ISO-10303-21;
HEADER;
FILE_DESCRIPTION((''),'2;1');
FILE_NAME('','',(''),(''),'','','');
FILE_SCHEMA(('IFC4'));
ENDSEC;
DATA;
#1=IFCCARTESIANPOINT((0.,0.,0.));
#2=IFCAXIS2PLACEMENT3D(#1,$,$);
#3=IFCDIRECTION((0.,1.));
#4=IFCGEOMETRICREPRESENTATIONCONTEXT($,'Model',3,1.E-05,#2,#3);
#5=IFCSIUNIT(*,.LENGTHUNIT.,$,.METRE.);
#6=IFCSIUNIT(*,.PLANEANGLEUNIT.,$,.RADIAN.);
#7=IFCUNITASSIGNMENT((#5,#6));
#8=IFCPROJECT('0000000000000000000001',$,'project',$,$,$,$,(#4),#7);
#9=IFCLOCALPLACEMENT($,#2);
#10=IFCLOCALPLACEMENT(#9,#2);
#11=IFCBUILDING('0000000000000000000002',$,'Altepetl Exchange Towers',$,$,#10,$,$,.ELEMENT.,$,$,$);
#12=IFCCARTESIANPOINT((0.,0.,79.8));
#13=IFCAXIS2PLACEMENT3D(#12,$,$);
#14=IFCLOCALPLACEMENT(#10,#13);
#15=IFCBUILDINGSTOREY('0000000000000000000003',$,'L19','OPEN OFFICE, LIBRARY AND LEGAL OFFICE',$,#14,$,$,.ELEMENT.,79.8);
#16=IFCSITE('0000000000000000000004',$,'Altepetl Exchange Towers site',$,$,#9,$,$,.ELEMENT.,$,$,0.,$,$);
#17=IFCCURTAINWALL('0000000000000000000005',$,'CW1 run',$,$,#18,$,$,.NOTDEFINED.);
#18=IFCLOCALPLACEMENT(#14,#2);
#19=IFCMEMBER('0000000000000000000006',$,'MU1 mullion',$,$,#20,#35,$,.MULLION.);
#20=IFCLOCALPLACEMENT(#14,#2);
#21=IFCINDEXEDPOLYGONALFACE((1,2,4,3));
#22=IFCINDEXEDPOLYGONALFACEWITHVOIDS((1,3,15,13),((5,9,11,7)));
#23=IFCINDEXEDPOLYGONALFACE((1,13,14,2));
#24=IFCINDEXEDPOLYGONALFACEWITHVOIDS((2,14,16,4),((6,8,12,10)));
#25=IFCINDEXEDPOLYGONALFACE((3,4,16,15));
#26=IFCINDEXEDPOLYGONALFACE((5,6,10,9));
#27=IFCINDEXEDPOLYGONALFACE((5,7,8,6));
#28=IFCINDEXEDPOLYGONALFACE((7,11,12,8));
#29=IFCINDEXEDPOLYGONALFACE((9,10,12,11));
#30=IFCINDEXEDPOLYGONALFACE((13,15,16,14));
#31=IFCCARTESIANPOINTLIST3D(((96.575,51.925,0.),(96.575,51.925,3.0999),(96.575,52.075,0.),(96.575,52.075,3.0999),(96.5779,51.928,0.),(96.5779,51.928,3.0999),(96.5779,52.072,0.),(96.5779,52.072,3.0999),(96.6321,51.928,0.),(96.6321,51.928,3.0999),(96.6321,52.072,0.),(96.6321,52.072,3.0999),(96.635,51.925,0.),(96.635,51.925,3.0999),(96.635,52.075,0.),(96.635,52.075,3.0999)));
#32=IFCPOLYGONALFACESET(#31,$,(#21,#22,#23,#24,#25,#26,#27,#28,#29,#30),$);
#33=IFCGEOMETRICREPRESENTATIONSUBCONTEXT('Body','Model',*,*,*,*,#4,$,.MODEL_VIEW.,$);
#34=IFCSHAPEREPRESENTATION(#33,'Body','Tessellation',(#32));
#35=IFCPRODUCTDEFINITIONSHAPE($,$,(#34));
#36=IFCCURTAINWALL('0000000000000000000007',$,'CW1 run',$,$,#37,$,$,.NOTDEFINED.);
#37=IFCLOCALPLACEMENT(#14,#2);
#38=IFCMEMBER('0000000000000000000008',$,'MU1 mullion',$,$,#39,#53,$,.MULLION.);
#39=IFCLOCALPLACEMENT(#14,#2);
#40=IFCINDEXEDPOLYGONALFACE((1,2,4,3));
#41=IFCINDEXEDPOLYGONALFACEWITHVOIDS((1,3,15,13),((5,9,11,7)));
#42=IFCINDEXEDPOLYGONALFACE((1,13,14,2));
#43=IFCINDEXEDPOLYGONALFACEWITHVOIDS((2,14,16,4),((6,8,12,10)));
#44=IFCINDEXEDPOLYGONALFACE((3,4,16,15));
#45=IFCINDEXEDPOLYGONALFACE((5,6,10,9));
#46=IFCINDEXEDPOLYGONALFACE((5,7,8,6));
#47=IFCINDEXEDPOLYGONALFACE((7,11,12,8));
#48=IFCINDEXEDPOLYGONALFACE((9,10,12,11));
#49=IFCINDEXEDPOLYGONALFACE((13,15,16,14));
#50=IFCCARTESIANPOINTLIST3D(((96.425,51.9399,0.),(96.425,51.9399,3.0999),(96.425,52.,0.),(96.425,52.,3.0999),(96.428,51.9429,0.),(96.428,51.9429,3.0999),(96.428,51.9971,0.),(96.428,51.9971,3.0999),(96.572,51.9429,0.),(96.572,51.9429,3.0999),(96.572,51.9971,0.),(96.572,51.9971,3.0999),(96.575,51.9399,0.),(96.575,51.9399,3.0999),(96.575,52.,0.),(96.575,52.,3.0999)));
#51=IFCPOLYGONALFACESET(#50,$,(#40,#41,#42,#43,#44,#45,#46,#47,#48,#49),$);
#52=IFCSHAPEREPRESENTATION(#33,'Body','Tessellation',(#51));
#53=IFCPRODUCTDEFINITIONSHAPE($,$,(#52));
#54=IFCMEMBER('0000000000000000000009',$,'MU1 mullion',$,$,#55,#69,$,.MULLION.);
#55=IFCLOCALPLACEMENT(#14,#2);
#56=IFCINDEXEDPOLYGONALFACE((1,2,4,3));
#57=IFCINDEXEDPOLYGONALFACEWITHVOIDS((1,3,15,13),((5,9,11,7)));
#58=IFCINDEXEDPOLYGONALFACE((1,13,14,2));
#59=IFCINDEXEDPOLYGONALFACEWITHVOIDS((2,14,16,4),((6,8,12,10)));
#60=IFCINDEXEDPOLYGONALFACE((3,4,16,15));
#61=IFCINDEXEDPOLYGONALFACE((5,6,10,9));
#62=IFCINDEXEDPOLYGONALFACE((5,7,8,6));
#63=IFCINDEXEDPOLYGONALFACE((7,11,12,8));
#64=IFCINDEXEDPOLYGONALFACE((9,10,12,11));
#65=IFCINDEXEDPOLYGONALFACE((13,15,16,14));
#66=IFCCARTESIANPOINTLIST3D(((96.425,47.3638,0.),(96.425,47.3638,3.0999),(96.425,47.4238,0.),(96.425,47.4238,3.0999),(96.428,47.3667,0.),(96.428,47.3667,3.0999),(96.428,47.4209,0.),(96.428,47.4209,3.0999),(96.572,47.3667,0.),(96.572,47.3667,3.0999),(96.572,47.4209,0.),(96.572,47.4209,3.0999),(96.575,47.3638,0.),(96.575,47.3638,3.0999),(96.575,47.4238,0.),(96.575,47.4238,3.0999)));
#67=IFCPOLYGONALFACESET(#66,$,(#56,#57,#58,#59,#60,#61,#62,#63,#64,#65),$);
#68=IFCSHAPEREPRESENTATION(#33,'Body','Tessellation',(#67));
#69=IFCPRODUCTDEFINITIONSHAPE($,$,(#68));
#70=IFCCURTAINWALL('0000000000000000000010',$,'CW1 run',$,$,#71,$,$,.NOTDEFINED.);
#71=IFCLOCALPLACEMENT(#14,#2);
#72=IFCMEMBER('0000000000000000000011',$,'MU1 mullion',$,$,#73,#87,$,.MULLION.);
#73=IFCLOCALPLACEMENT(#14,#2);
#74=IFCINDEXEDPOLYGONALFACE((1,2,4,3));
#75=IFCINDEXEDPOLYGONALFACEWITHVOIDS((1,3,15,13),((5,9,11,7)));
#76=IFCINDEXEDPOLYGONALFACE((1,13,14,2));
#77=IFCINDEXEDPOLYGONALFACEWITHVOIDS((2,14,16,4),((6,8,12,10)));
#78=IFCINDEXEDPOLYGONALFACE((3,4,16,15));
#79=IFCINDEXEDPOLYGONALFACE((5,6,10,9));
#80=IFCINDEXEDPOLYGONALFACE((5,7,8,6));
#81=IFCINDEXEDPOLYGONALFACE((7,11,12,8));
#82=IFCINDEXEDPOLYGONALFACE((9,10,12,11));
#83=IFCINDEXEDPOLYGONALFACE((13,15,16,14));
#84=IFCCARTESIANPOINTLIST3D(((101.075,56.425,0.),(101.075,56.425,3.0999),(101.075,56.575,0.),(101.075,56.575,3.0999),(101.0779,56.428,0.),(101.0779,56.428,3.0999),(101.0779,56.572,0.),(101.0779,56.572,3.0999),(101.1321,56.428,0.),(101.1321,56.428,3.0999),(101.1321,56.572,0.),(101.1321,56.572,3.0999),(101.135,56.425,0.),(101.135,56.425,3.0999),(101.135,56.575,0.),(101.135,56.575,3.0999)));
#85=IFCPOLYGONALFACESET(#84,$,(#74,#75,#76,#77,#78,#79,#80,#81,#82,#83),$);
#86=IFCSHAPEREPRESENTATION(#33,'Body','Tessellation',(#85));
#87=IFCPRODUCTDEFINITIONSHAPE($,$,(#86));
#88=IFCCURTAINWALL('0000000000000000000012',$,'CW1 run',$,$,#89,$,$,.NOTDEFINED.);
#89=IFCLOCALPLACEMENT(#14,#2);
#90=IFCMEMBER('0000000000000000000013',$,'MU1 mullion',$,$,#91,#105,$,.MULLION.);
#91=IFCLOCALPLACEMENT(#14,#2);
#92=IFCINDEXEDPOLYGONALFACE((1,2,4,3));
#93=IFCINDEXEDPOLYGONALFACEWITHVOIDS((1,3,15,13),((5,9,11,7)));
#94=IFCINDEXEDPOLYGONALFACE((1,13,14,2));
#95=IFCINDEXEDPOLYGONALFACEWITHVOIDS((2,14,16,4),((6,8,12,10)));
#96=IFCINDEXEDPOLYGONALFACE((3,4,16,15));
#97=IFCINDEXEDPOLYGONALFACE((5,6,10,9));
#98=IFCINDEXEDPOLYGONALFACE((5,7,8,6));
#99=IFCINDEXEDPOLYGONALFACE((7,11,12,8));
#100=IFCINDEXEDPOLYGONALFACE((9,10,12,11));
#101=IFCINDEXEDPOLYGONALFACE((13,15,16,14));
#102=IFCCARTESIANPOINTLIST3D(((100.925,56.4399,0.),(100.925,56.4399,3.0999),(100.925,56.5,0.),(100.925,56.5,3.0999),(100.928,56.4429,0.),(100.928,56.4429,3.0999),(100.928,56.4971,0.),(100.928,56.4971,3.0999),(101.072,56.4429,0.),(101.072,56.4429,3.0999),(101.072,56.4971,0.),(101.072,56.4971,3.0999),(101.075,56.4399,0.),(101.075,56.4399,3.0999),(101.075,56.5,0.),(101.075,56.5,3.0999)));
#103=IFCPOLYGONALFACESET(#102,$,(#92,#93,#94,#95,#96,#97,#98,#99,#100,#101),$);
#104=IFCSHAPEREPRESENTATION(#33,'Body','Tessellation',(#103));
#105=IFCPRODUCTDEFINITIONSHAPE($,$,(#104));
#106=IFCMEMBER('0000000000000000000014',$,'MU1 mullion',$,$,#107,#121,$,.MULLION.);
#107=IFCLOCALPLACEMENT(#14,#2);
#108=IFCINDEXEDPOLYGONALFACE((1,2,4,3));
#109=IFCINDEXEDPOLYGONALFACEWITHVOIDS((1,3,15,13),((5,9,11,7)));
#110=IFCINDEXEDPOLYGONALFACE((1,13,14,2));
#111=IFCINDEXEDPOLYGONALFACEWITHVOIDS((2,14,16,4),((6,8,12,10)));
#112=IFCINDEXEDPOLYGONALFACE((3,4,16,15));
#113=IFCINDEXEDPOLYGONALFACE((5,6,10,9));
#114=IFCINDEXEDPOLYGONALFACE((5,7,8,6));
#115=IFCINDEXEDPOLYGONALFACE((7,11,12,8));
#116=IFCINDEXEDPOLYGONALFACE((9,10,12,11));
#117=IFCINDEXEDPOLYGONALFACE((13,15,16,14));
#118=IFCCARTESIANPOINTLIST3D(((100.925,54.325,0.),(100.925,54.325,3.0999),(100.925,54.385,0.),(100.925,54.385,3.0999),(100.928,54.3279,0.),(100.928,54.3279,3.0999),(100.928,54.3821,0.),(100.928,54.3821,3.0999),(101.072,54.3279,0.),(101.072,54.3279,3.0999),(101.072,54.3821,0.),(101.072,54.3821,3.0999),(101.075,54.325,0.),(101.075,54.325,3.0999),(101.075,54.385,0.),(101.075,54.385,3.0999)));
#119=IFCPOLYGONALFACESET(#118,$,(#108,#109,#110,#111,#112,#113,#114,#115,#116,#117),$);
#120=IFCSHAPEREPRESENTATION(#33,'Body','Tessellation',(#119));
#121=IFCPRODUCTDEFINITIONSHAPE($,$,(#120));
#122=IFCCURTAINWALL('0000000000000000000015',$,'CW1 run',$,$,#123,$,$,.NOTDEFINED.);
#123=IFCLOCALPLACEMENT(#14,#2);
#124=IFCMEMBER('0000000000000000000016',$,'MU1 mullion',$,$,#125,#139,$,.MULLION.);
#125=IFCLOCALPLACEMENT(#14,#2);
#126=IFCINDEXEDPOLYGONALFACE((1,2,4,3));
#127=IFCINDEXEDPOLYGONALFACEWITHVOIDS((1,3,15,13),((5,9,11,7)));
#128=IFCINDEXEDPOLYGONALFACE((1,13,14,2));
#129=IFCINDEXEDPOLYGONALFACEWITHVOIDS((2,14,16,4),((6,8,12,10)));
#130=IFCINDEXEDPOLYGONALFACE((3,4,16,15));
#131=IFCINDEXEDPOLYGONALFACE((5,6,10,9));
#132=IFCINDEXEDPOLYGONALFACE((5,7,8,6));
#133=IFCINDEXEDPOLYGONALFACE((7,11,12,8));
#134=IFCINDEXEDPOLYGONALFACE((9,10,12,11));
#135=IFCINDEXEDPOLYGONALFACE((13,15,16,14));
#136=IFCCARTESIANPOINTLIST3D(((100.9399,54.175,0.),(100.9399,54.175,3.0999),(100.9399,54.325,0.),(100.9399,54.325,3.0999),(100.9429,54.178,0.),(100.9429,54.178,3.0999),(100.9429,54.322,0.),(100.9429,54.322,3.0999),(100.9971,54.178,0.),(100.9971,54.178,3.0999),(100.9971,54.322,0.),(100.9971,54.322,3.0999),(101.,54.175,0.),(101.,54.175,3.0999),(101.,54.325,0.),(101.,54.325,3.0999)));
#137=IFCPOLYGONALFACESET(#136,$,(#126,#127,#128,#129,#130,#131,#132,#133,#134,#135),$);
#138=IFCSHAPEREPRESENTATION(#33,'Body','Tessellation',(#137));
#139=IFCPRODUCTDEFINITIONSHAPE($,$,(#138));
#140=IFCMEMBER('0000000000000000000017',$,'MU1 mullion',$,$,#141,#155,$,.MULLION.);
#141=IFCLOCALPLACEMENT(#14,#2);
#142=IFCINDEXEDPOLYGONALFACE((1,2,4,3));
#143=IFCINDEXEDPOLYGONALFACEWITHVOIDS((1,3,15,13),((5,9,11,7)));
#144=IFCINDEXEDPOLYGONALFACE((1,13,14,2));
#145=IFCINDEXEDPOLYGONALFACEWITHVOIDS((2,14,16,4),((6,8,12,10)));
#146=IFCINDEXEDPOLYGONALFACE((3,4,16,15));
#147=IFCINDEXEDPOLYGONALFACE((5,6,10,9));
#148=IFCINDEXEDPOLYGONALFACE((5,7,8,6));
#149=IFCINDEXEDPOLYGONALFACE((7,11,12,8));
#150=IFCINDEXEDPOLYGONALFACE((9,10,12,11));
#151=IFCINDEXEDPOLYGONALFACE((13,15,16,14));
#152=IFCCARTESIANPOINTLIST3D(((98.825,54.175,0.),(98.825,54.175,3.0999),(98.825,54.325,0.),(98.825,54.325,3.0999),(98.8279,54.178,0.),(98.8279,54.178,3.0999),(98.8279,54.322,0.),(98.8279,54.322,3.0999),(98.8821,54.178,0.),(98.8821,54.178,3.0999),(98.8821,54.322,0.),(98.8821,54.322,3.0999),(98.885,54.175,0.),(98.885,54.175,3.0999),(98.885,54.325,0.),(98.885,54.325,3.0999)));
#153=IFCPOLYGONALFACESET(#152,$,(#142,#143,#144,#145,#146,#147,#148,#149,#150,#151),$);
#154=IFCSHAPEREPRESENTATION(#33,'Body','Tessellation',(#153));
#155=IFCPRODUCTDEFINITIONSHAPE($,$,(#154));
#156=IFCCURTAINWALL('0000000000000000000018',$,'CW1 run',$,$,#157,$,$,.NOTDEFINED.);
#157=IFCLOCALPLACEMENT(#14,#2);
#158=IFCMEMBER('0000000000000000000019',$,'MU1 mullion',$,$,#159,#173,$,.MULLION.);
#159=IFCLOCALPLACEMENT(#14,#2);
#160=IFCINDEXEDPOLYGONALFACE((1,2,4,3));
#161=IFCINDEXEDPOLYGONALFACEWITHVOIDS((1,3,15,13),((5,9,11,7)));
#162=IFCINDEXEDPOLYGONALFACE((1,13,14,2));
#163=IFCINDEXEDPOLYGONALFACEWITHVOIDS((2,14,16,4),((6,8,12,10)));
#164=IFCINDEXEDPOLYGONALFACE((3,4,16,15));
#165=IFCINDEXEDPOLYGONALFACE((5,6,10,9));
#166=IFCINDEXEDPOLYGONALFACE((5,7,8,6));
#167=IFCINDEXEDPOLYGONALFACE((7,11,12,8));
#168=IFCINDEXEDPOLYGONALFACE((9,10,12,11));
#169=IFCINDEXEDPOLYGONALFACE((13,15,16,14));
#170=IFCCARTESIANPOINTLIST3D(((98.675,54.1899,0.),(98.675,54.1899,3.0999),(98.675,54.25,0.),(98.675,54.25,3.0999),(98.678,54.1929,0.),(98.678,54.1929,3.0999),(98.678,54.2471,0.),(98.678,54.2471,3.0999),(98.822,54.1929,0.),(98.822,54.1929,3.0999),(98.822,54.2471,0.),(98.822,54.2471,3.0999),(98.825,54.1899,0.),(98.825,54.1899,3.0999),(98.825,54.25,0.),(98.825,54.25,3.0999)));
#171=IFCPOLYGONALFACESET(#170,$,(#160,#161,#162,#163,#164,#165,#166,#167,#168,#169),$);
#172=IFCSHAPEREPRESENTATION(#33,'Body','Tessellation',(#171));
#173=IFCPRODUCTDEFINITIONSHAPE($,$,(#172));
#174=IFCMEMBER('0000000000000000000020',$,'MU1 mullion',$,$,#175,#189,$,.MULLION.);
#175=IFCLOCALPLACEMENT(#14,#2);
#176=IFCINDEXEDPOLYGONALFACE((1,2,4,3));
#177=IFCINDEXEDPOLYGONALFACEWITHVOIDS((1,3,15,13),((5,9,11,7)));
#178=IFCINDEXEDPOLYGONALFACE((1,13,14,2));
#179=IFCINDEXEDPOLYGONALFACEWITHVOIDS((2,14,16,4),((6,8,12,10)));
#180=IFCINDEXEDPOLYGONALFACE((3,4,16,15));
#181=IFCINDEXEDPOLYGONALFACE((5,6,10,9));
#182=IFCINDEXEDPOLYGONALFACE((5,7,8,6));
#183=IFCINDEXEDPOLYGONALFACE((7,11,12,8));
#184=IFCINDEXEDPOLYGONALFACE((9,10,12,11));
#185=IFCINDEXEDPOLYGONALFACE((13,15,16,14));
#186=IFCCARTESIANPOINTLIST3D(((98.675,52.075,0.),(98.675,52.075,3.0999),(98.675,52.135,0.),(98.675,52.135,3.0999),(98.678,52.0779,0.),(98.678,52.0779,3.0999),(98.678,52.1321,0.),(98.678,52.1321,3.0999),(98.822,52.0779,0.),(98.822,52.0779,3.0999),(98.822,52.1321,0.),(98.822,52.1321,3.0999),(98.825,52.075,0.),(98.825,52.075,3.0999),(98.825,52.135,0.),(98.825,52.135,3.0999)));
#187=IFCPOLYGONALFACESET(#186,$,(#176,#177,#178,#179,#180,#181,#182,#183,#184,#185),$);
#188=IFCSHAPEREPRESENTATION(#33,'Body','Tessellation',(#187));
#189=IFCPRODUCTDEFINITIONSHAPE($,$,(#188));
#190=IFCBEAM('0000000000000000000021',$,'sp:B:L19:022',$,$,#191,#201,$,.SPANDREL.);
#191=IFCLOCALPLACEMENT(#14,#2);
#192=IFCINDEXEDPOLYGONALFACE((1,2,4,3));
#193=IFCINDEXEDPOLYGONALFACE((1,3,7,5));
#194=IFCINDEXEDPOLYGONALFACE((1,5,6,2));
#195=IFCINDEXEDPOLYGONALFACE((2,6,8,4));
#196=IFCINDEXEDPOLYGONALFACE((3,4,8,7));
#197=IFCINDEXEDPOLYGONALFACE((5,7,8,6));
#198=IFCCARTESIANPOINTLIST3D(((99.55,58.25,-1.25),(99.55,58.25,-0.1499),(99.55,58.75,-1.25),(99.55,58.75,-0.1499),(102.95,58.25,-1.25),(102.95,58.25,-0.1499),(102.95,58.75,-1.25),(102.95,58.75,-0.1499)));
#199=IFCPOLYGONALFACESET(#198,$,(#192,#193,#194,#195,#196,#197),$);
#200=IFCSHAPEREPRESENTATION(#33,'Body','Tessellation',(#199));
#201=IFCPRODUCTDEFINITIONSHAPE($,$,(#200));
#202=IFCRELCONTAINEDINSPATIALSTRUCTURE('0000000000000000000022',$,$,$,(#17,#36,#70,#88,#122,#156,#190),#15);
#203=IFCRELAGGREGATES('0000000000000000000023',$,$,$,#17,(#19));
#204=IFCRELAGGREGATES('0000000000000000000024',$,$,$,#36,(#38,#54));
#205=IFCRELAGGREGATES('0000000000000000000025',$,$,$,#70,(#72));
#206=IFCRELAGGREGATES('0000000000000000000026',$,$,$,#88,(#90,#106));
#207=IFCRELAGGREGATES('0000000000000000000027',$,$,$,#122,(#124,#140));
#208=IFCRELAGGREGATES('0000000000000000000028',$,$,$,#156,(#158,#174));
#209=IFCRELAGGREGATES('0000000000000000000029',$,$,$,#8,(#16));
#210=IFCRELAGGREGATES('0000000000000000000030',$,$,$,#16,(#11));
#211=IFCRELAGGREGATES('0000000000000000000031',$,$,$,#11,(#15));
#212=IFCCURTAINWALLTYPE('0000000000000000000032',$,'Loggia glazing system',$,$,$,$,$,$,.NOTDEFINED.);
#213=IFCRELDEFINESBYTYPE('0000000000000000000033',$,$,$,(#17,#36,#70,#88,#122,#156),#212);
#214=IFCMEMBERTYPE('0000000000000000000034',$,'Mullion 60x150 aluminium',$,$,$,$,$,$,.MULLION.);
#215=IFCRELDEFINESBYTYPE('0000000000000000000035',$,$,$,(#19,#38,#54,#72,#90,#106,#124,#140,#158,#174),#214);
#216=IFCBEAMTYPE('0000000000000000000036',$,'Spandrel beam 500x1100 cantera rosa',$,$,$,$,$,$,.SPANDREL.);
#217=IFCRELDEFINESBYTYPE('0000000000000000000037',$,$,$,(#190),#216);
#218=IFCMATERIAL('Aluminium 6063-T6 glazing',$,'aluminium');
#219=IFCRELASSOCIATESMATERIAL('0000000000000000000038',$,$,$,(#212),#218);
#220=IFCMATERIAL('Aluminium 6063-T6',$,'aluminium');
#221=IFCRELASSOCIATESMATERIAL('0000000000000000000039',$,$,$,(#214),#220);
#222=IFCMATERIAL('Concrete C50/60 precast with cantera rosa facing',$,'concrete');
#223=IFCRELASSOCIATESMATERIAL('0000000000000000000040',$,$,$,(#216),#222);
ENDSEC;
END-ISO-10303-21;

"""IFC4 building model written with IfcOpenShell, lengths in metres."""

from ifc_helpers import new_model, si_unit, direction, frame, origin, origin_2d, place, context, subcontext, project, spatial, rectangle, hollow_rectangle, extrude, material, material_profile, profile_set, type_object, element, aggregate, save


model = new_model("IFC4")

# Units and contexts
model_context = context("Model", 3, precision=1e-05, world=origin(), true_north=direction((0.0, 1.0)))
body_context = subcontext(model_context, "Body", "Model", "MODEL_VIEW")
ifc_project = project(units=[si_unit("LENGTHUNIT", "METRE"), si_unit("PLANEANGLEUNIT", "RADIAN")], contexts=[model_context])

# Site, building, storey
site_placement = place(None, origin())
site = spatial("IfcSite", under=ifc_project, at=site_placement, Name="Altepetl Exchange Towers site", CompositionType="ELEMENT", RefElevation=0.0)
building_placement = place(site_placement, origin())
building = spatial("IfcBuilding", under=site, at=building_placement, Name="Altepetl Exchange Towers", CompositionType="ELEMENT")
storey_placement = place(building_placement, frame((0.0, 0.0, 79.8)))
storey = spatial("IfcBuildingStorey", under=building, at=storey_placement, Name="L19", Description="OPEN OFFICE, LIBRARY AND LEGAL OFFICE", CompositionType="ELEMENT", Elevation=79.8)

# Curtain walls, members
ifc_material_1 = material(Name="Aluminium 6063-T6 glazing", Category="aluminium")
curtain_wall_type = type_object("IfcCurtainWallType", Name="Loggia glazing system", PredefinedType="NOTDEFINED", material=ifc_material_1)
curtain_wall_1_placement = place(storey_placement, origin())
curtain_wall_1 = element("IfcCurtainWall", 1, at=curtain_wall_1_placement, inside=storey, type_object=curtain_wall_type, Name="CW1 run", PredefinedType="NOTDEFINED")
ifc_material_2 = material(Name="Aluminium 6063-T6", Category="aluminium")
ifc_material_profile_1 = material_profile(ifc_material_2, hollow_rectangle(XDim=0.0601, YDim=0.1499, WallThickness=0.0029, at=origin_2d()), Name="Mullion 60x150 aluminium")
ifc_profile_set_1 = profile_set([ifc_material_profile_1], Name="Aluminium 6063-T6")
member_type = type_object("IfcMemberType", Name="Mullion 60x150 aluminium", PredefinedType="MULLION", material=ifc_profile_set_1)
member_1_placement = place(storey_placement, frame((96.605, 52.0, 0.0), z_axis=(0.0, 0.0, 1.0), x_axis=(-1.0, 0.0, 0.0)))
member_1 = element("IfcMember", 2, at=member_1_placement, type_object=member_type, Name="MU1 mullion", PredefinedType="MULLION", context=body_context, shape_type="SweptSolid", body=[
    extrude(hollow_rectangle(XDim=0.0601, YDim=0.1499, WallThickness=0.0029, at=origin_2d()), origin(), (0.0, 0.0, 1.0), 3.0999),
])
curtain_wall_2_placement = place(storey_placement, origin())
curtain_wall_2 = element("IfcCurtainWall", 3, at=curtain_wall_2_placement, inside=storey, type_object=curtain_wall_type, Name="CW1 run", PredefinedType="NOTDEFINED")
member_2_placement = place(storey_placement, frame((96.5, 51.97, 0.0), z_axis=(0.0, 0.0, 1.0), x_axis=(0.0, -1.0, 0.0)))
member_2 = element("IfcMember", 4, at=member_2_placement, type_object=member_type, Name="MU1 mullion", PredefinedType="MULLION", context=body_context, shape_type="SweptSolid", body=[
    extrude(hollow_rectangle(XDim=0.0601, YDim=0.1499, WallThickness=0.0029, at=origin_2d()), origin(), (0.0, 0.0, 1.0), 3.0999),
])
member_3_placement = place(storey_placement, frame((96.5, 47.3938, 0.0), z_axis=(0.0, 0.0, 1.0), x_axis=(0.0, -1.0, 0.0)))
member_3 = element("IfcMember", 5, at=member_3_placement, type_object=member_type, Name="MU1 mullion", PredefinedType="MULLION", context=body_context, shape_type="SweptSolid", body=[
    extrude(hollow_rectangle(XDim=0.0601, YDim=0.1499, WallThickness=0.0029, at=origin_2d()), origin(), (0.0, 0.0, 1.0), 3.0999),
])

# Curtain wall, member
curtain_wall_3_placement = place(storey_placement, origin())
curtain_wall_3 = element("IfcCurtainWall", 6, at=curtain_wall_3_placement, inside=storey, type_object=curtain_wall_type, Name="CW1 run", PredefinedType="NOTDEFINED")
member_4_placement = place(storey_placement, frame((101.105, 56.5, 0.0), z_axis=(0.0, 0.0, 1.0), x_axis=(-1.0, 0.0, 0.0)))
member_4 = element("IfcMember", 7, at=member_4_placement, type_object=member_type, Name="MU1 mullion", PredefinedType="MULLION", context=body_context, shape_type="SweptSolid", body=[
    extrude(hollow_rectangle(XDim=0.0601, YDim=0.1499, WallThickness=0.0029, at=origin_2d()), origin(), (0.0, 0.0, 1.0), 3.0999),
])

# Curtain walls, members
curtain_wall_4_placement = place(storey_placement, origin())
curtain_wall_4 = element("IfcCurtainWall", 8, at=curtain_wall_4_placement, inside=storey, type_object=curtain_wall_type, Name="CW1 run", PredefinedType="NOTDEFINED")
member_5_placement = place(storey_placement, frame((101.0, 56.47, 0.0), z_axis=(0.0, 0.0, 1.0), x_axis=(0.0, -1.0, 0.0)))
member_5 = element("IfcMember", 9, at=member_5_placement, type_object=member_type, Name="MU1 mullion", PredefinedType="MULLION", context=body_context, shape_type="SweptSolid", body=[
    extrude(hollow_rectangle(XDim=0.0601, YDim=0.1499, WallThickness=0.0029, at=origin_2d()), origin(), (0.0, 0.0, 1.0), 3.0999),
])
member_6_placement = place(storey_placement, frame((101.0, 54.355, 0.0), z_axis=(0.0, 0.0, 1.0), x_axis=(0.0, -1.0, 0.0)))
member_6 = element("IfcMember", 10, at=member_6_placement, type_object=member_type, Name="MU1 mullion", PredefinedType="MULLION", context=body_context, shape_type="SweptSolid", body=[
    extrude(hollow_rectangle(XDim=0.0601, YDim=0.1499, WallThickness=0.0029, at=origin_2d()), origin(), (0.0, 0.0, 1.0), 3.0999),
])
curtain_wall_5_placement = place(storey_placement, origin())
curtain_wall_5 = element("IfcCurtainWall", 11, at=curtain_wall_5_placement, inside=storey, type_object=curtain_wall_type, Name="CW1 run", PredefinedType="NOTDEFINED")
member_7_placement = place(storey_placement, frame((100.97, 54.25, 0.0), z_axis=(0.0, 0.0, 1.0), x_axis=(-1.0, 0.0, 0.0)))
member_7 = element("IfcMember", 12, at=member_7_placement, type_object=member_type, Name="MU1 mullion", PredefinedType="MULLION", context=body_context, shape_type="SweptSolid", body=[
    extrude(hollow_rectangle(XDim=0.0601, YDim=0.1499, WallThickness=0.0029, at=origin_2d()), origin(), (0.0, 0.0, 1.0), 3.0999),
])
member_8_placement = place(storey_placement, frame((98.855, 54.25, 0.0), z_axis=(0.0, 0.0, 1.0), x_axis=(-1.0, 0.0, 0.0)))
member_8 = element("IfcMember", 13, at=member_8_placement, type_object=member_type, Name="MU1 mullion", PredefinedType="MULLION", context=body_context, shape_type="SweptSolid", body=[
    extrude(hollow_rectangle(XDim=0.0601, YDim=0.1499, WallThickness=0.0029, at=origin_2d()), origin(), (0.0, 0.0, 1.0), 3.0999),
])
curtain_wall_6_placement = place(storey_placement, origin())
curtain_wall_6 = element("IfcCurtainWall", 14, at=curtain_wall_6_placement, inside=storey, type_object=curtain_wall_type, Name="CW1 run", PredefinedType="NOTDEFINED")
member_9_placement = place(storey_placement, frame((98.75, 54.22, 0.0), z_axis=(0.0, 0.0, 1.0), x_axis=(0.0, -1.0, 0.0)))
member_9 = element("IfcMember", 15, at=member_9_placement, type_object=member_type, Name="MU1 mullion", PredefinedType="MULLION", context=body_context, shape_type="SweptSolid", body=[
    extrude(hollow_rectangle(XDim=0.0601, YDim=0.1499, WallThickness=0.0029, at=origin_2d()), origin(), (0.0, 0.0, 1.0), 3.0999),
])
member_10_placement = place(storey_placement, frame((98.75, 52.105, 0.0), z_axis=(0.0, 0.0, 1.0), x_axis=(0.0, -1.0, 0.0)))
member_10 = element("IfcMember", 16, at=member_10_placement, type_object=member_type, Name="MU1 mullion", PredefinedType="MULLION", context=body_context, shape_type="SweptSolid", body=[
    extrude(hollow_rectangle(XDim=0.0601, YDim=0.1499, WallThickness=0.0029, at=origin_2d()), origin(), (0.0, 0.0, 1.0), 3.0999),
])

# Beam
ifc_material_3 = material(Name="Concrete C50/60 precast with cantera rosa facing", Category="concrete")
ifc_material_profile_2 = material_profile(ifc_material_3, rectangle(XDim=0.5, YDim=1.1001, at=origin_2d()), Name="500 x 1100")
ifc_profile_set_2 = profile_set([ifc_material_profile_2], Name="Concrete C50/60 precast with cantera rosa facing")
beam_type_1 = type_object("IfcBeamType", Name="Spandrel beam 500x1100 cantera rosa", PredefinedType="SPANDREL", material=ifc_profile_set_2)
beam_1_placement = place(storey_placement, frame((102.95, 58.5, -0.7), z_axis=(-1.0, 0.0, 0.0), x_axis=(0.0, -1.0, 0.0)))
element("IfcBeam", 17, at=beam_1_placement, inside=storey, type_object=beam_type_1, Name="sp:B:L19:022", PredefinedType="SPANDREL", context=body_context, shape_type="SweptSolid", body=[
    extrude(rectangle(XDim=0.5, YDim=1.1001, at=origin_2d()), origin(), (0.0, 0.0, 1.0), 3.3999),
])

aggregate(curtain_wall_1, [member_1])
aggregate(curtain_wall_2, [member_2, member_3])
aggregate(curtain_wall_3, [member_4])
aggregate(curtain_wall_4, [member_5, member_6])
aggregate(curtain_wall_5, [member_7, member_8])
aggregate(curtain_wall_6, [member_9, member_10])

save(model, "model.ifc")
